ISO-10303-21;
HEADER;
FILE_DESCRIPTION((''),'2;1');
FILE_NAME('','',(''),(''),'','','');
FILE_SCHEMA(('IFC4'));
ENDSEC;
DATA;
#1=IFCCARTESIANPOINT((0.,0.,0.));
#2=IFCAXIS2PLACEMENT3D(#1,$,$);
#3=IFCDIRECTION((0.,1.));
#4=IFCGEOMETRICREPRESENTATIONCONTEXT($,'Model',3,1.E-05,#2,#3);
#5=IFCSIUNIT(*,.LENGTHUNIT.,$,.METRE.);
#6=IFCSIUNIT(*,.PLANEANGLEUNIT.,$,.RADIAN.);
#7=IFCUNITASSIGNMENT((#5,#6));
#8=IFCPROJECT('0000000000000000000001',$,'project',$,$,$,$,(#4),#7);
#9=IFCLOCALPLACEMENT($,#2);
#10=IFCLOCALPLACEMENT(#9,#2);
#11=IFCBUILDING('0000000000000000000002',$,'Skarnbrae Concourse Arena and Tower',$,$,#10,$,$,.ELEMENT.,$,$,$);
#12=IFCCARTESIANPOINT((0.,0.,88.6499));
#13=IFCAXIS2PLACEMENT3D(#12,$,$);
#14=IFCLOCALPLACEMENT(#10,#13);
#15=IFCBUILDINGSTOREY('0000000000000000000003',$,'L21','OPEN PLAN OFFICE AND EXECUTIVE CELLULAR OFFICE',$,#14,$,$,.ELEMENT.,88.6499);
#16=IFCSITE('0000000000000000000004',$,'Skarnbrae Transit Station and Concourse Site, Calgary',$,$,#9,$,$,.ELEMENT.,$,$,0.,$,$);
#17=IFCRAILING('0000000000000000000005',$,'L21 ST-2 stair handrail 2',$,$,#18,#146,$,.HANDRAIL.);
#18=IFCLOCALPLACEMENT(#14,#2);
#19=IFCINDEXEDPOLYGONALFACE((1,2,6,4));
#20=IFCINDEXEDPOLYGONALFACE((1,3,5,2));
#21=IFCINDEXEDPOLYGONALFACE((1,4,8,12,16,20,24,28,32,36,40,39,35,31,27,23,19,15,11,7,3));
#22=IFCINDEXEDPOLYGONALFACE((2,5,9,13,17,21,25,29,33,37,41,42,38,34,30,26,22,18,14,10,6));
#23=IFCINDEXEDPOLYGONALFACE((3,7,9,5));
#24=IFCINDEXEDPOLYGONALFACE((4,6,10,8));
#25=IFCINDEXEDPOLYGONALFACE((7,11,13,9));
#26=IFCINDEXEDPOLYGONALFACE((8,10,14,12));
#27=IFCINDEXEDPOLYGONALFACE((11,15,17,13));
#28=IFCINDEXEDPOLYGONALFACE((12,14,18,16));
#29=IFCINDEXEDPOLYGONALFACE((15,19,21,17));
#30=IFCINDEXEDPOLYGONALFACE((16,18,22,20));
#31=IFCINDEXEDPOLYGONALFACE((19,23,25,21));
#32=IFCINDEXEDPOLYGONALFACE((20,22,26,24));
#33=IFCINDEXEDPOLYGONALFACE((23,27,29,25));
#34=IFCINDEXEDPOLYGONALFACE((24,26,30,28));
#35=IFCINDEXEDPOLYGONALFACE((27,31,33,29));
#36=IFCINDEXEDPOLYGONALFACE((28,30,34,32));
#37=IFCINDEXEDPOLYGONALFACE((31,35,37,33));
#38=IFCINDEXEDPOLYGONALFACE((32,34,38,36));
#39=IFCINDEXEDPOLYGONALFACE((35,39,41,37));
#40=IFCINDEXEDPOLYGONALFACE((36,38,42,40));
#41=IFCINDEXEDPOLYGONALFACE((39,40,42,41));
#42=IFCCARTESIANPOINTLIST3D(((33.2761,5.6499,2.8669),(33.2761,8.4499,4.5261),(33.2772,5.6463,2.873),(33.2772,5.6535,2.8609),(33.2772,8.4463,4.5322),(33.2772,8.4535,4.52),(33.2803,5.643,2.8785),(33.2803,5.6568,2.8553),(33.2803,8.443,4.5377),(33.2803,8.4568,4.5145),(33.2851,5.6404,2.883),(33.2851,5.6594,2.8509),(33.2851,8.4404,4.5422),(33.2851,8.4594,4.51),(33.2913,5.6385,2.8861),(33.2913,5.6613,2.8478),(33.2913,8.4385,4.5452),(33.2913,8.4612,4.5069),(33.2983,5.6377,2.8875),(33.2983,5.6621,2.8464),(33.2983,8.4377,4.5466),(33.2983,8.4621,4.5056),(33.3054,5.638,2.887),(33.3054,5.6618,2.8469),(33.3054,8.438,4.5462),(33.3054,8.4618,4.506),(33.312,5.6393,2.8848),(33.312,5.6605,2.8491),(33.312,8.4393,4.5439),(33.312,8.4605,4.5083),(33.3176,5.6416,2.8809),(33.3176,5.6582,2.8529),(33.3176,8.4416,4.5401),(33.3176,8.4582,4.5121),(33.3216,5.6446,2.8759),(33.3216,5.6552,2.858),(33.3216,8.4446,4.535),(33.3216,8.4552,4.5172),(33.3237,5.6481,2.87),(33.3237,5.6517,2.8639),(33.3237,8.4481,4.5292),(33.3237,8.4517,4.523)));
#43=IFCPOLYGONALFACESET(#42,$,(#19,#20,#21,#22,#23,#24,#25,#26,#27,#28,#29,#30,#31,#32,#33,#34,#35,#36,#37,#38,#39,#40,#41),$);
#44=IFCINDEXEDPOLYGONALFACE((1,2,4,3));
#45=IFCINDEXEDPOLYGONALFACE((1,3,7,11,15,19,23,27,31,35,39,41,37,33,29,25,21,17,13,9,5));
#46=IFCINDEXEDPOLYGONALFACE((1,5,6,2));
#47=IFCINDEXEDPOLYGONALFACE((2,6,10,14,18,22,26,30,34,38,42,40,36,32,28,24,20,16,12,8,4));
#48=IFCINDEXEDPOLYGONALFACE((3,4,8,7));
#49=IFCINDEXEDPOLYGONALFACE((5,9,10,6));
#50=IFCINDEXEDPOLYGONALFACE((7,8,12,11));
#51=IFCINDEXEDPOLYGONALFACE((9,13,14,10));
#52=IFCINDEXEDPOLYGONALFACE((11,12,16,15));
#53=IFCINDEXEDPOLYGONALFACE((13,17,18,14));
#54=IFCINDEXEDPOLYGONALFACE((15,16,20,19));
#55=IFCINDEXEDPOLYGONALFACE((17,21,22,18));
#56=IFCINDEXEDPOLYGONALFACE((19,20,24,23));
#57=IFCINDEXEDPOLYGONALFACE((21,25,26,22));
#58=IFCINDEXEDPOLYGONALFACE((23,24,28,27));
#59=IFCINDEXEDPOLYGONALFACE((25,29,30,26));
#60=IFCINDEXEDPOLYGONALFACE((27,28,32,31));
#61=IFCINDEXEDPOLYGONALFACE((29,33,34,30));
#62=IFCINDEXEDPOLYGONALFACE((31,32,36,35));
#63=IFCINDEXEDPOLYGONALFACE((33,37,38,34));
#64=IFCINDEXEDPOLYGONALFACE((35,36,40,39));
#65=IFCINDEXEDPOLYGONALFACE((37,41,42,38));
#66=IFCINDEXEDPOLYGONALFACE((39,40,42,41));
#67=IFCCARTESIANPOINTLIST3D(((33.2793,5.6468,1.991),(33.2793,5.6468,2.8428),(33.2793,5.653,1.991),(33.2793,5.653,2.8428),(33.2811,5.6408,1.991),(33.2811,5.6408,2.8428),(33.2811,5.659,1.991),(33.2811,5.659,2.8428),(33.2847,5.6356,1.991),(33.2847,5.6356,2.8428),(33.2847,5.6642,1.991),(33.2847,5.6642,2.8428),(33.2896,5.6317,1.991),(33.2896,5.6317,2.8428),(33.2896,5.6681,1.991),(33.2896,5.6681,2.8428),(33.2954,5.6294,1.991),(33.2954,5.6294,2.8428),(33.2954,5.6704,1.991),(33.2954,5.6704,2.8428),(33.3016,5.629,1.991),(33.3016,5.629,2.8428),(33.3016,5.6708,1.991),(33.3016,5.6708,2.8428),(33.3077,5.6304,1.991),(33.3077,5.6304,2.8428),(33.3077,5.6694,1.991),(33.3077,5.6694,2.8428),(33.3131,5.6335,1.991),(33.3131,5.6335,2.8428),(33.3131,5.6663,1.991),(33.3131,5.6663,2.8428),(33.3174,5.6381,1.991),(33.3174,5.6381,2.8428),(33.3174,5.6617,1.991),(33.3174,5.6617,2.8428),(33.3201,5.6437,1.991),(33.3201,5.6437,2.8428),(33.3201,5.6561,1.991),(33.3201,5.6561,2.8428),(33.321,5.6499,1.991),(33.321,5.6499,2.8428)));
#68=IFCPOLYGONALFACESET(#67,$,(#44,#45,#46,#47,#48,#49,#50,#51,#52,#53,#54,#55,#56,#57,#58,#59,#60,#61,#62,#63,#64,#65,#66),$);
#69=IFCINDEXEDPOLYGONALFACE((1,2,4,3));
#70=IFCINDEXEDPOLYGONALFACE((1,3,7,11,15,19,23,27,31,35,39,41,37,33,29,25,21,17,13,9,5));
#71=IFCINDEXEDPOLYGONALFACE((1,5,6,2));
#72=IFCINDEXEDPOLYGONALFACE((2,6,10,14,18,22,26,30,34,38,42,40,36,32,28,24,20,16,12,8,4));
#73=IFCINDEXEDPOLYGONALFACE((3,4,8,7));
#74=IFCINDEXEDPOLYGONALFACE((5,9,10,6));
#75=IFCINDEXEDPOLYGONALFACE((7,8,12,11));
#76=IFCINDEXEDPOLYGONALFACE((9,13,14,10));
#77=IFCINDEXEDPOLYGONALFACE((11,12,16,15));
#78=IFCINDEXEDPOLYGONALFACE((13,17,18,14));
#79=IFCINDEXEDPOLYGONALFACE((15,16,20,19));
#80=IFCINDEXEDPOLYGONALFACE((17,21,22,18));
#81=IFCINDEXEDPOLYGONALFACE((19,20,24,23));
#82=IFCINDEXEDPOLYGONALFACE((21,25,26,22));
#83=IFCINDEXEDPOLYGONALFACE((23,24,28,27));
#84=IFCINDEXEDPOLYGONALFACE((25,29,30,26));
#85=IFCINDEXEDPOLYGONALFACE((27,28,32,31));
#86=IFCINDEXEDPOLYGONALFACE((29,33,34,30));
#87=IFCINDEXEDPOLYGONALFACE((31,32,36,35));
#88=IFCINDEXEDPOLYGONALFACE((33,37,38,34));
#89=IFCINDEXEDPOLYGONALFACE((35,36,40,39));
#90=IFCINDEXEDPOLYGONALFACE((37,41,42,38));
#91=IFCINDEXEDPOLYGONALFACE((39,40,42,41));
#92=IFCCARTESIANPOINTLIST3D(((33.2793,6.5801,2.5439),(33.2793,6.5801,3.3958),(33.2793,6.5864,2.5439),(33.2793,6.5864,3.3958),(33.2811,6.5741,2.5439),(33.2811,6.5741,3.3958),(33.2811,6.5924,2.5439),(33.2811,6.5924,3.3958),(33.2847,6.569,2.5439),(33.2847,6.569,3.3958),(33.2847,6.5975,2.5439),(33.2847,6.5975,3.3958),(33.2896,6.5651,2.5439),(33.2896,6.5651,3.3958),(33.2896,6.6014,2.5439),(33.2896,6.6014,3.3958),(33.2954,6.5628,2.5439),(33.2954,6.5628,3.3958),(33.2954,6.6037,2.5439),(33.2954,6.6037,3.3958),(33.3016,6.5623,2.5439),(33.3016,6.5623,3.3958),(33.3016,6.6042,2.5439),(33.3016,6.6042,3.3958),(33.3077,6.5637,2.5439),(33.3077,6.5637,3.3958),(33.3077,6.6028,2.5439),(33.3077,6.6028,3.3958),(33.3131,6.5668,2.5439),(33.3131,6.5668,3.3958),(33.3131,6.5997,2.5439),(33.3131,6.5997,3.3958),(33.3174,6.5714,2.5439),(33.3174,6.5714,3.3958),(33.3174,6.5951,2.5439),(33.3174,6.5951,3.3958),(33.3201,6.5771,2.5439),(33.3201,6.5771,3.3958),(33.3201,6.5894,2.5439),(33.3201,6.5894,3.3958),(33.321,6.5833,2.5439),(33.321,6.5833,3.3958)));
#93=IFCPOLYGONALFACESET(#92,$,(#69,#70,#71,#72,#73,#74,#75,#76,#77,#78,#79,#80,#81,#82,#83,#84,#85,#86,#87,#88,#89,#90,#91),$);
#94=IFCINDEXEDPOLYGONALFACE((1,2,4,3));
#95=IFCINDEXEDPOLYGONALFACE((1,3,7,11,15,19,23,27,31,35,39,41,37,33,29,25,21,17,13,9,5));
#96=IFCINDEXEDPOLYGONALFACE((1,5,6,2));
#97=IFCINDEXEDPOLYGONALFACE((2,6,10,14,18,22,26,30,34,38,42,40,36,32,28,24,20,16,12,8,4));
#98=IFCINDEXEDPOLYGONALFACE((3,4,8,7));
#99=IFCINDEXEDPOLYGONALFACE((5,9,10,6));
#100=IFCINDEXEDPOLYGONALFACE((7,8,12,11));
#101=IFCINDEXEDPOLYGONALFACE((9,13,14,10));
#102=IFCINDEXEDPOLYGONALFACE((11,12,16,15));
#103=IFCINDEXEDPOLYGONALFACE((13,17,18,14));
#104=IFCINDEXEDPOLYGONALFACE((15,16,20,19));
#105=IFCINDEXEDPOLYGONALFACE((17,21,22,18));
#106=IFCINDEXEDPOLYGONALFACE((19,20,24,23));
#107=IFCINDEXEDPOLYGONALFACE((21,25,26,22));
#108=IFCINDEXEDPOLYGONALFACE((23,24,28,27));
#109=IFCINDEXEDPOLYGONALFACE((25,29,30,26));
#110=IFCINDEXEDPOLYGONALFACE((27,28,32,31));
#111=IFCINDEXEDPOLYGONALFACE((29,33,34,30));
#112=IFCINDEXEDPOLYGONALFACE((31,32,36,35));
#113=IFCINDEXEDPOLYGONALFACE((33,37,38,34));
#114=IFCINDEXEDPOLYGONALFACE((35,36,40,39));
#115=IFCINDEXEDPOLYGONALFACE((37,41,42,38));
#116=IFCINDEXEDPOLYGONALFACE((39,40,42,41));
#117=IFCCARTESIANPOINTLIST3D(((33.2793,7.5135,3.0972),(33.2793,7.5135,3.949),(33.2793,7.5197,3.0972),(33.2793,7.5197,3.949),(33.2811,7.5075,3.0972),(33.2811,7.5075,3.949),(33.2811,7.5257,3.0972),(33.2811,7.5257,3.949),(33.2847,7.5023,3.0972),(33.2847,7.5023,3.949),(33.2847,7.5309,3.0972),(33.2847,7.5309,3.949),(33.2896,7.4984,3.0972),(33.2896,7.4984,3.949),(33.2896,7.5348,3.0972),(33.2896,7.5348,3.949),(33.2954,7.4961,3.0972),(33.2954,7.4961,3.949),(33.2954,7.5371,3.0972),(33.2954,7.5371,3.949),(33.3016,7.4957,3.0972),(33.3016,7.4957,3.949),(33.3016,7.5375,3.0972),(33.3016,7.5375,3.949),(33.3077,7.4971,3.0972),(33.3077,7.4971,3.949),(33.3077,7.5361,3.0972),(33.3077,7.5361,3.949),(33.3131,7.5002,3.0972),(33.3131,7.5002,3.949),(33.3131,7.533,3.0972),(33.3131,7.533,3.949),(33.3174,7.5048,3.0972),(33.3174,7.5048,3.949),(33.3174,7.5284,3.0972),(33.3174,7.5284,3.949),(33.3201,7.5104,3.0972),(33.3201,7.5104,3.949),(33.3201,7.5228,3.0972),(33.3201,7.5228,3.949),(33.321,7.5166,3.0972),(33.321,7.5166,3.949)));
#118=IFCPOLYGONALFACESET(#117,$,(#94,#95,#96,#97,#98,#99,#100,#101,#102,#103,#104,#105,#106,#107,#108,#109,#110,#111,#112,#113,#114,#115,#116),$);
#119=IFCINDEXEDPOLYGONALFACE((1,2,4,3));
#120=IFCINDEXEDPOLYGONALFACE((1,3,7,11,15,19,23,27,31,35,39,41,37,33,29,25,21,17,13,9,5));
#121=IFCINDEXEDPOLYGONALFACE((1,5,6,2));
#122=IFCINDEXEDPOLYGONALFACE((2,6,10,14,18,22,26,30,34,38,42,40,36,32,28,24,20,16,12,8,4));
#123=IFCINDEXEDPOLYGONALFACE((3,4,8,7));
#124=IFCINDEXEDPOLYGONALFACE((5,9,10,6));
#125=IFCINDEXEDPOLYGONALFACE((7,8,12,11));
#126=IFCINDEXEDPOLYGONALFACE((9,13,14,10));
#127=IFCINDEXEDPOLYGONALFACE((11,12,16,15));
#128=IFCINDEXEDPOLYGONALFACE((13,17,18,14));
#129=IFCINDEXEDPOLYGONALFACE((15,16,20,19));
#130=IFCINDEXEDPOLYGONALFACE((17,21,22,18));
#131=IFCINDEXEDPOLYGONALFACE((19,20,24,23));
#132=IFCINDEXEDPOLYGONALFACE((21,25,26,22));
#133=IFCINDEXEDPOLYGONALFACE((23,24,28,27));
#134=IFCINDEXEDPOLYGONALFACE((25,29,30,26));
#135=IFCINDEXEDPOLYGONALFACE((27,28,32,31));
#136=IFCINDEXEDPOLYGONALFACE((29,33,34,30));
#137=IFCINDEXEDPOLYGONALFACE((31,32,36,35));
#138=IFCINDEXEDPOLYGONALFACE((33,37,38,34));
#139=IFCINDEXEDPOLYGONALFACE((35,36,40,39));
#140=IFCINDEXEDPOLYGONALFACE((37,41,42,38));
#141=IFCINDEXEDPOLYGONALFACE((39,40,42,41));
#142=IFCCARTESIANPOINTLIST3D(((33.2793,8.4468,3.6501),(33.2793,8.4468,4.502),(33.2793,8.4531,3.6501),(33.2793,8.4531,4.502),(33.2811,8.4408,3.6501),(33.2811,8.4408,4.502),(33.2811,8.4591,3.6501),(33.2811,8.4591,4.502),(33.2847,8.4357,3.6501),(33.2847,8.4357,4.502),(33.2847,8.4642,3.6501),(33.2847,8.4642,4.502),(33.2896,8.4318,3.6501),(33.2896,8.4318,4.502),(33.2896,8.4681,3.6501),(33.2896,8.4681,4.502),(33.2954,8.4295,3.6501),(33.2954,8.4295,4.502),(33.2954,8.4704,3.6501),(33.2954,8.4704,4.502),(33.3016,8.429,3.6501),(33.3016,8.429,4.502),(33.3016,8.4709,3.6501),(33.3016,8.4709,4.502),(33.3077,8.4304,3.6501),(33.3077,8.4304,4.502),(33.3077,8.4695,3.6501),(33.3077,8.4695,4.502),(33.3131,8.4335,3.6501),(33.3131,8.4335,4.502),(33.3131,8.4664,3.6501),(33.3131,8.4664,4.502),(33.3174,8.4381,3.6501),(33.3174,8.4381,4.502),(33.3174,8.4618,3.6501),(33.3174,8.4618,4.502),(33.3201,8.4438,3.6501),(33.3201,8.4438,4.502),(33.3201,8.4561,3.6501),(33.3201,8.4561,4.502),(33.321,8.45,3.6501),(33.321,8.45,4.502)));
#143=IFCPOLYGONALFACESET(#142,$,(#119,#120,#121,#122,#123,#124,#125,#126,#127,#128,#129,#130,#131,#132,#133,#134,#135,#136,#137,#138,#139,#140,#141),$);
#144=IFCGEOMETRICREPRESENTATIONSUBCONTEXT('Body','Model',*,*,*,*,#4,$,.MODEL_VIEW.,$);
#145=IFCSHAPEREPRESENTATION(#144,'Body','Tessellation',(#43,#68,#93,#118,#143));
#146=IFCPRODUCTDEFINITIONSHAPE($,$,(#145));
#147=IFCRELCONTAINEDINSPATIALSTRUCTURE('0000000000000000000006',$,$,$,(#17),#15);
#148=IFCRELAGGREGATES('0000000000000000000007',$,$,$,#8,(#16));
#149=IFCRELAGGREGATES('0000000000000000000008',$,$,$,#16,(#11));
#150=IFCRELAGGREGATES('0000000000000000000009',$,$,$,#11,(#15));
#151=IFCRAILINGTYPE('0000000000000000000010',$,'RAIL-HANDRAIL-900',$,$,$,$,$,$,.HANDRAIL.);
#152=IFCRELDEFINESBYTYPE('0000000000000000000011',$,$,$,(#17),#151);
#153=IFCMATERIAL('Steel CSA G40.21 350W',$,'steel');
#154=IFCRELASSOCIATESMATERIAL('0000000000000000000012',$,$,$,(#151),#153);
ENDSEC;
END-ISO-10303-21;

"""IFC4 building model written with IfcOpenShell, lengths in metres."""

from ifc_helpers import new_model, si_unit, direction, frame, origin, origin_2d, place, context, subcontext, project, spatial, circle, extrude, material, type_object, element, save


model = new_model("IFC4")

# Units and contexts
model_context = context("Model", 3, precision=1e-05, world=origin(), true_north=direction((0.0, 1.0)))
body_context = subcontext(model_context, "Body", "Model", "MODEL_VIEW")
ifc_project = project(units=[si_unit("LENGTHUNIT", "METRE"), si_unit("PLANEANGLEUNIT", "RADIAN")], contexts=[model_context])

# Site, building, storey
site_placement = place(None, origin())
site = spatial("IfcSite", under=ifc_project, at=site_placement, Name="Skarnbrae Transit Station and Concourse Site, Calgary", CompositionType="ELEMENT", RefElevation=0.0)
building_placement = place(site_placement, origin())
building = spatial("IfcBuilding", under=site, at=building_placement, Name="Skarnbrae Concourse Arena and Tower", CompositionType="ELEMENT")
storey_placement = place(building_placement, frame((0.0, 0.0, 88.6499)))
storey = spatial("IfcBuildingStorey", under=building, at=storey_placement, Name="L21", Description="OPEN PLAN OFFICE AND EXECUTIVE CELLULAR OFFICE", CompositionType="ELEMENT", Elevation=88.6499)

# Shared definitions
ifc_material_1 = material(Name="Steel CSA G40.21 350W", Category="steel")

# Railing
railing_type_1 = type_object("IfcRailingType", Name="RAIL-HANDRAIL-900", PredefinedType="HANDRAIL", material=ifc_material_1)
railing_1_placement = place(storey_placement, frame((33.3, 5.6499, 1.991)))
element("IfcRailing", 1, at=railing_1_placement, inside=storey, type_object=railing_type_1, Name="L21 ST-2 stair handrail 2", PredefinedType="HANDRAIL", context=body_context, shape_type="SweptSolid", body=[
    extrude(circle(Radius=0.0239, at=origin_2d()), frame((0.0, 0.0, 0.876), z_axis=(0.0, 0.860306, 0.509778), x_axis=(-1.0, 0.0, 0.0)), (0.0, 0.0, 1.0), 3.2546),
    extrude(circle(Radius=0.021, at=origin_2d()), origin(), (0.0, 0.0, 1.0), 0.8518),
    extrude(circle(Radius=0.021, at=origin_2d()), frame((0.0, 0.9333, 0.553)), (0.0, 0.0, 1.0), 0.8518),
    extrude(circle(Radius=0.021, at=origin_2d()), frame((0.0, 1.8667, 1.1062)), (0.0, 0.0, 1.0), 0.8518),
    extrude(circle(Radius=0.021, at=origin_2d()), frame((0.0, 2.8, 1.6592)), (0.0, 0.0, 1.0), 0.8518),
])

save(model, "model.ifc")
